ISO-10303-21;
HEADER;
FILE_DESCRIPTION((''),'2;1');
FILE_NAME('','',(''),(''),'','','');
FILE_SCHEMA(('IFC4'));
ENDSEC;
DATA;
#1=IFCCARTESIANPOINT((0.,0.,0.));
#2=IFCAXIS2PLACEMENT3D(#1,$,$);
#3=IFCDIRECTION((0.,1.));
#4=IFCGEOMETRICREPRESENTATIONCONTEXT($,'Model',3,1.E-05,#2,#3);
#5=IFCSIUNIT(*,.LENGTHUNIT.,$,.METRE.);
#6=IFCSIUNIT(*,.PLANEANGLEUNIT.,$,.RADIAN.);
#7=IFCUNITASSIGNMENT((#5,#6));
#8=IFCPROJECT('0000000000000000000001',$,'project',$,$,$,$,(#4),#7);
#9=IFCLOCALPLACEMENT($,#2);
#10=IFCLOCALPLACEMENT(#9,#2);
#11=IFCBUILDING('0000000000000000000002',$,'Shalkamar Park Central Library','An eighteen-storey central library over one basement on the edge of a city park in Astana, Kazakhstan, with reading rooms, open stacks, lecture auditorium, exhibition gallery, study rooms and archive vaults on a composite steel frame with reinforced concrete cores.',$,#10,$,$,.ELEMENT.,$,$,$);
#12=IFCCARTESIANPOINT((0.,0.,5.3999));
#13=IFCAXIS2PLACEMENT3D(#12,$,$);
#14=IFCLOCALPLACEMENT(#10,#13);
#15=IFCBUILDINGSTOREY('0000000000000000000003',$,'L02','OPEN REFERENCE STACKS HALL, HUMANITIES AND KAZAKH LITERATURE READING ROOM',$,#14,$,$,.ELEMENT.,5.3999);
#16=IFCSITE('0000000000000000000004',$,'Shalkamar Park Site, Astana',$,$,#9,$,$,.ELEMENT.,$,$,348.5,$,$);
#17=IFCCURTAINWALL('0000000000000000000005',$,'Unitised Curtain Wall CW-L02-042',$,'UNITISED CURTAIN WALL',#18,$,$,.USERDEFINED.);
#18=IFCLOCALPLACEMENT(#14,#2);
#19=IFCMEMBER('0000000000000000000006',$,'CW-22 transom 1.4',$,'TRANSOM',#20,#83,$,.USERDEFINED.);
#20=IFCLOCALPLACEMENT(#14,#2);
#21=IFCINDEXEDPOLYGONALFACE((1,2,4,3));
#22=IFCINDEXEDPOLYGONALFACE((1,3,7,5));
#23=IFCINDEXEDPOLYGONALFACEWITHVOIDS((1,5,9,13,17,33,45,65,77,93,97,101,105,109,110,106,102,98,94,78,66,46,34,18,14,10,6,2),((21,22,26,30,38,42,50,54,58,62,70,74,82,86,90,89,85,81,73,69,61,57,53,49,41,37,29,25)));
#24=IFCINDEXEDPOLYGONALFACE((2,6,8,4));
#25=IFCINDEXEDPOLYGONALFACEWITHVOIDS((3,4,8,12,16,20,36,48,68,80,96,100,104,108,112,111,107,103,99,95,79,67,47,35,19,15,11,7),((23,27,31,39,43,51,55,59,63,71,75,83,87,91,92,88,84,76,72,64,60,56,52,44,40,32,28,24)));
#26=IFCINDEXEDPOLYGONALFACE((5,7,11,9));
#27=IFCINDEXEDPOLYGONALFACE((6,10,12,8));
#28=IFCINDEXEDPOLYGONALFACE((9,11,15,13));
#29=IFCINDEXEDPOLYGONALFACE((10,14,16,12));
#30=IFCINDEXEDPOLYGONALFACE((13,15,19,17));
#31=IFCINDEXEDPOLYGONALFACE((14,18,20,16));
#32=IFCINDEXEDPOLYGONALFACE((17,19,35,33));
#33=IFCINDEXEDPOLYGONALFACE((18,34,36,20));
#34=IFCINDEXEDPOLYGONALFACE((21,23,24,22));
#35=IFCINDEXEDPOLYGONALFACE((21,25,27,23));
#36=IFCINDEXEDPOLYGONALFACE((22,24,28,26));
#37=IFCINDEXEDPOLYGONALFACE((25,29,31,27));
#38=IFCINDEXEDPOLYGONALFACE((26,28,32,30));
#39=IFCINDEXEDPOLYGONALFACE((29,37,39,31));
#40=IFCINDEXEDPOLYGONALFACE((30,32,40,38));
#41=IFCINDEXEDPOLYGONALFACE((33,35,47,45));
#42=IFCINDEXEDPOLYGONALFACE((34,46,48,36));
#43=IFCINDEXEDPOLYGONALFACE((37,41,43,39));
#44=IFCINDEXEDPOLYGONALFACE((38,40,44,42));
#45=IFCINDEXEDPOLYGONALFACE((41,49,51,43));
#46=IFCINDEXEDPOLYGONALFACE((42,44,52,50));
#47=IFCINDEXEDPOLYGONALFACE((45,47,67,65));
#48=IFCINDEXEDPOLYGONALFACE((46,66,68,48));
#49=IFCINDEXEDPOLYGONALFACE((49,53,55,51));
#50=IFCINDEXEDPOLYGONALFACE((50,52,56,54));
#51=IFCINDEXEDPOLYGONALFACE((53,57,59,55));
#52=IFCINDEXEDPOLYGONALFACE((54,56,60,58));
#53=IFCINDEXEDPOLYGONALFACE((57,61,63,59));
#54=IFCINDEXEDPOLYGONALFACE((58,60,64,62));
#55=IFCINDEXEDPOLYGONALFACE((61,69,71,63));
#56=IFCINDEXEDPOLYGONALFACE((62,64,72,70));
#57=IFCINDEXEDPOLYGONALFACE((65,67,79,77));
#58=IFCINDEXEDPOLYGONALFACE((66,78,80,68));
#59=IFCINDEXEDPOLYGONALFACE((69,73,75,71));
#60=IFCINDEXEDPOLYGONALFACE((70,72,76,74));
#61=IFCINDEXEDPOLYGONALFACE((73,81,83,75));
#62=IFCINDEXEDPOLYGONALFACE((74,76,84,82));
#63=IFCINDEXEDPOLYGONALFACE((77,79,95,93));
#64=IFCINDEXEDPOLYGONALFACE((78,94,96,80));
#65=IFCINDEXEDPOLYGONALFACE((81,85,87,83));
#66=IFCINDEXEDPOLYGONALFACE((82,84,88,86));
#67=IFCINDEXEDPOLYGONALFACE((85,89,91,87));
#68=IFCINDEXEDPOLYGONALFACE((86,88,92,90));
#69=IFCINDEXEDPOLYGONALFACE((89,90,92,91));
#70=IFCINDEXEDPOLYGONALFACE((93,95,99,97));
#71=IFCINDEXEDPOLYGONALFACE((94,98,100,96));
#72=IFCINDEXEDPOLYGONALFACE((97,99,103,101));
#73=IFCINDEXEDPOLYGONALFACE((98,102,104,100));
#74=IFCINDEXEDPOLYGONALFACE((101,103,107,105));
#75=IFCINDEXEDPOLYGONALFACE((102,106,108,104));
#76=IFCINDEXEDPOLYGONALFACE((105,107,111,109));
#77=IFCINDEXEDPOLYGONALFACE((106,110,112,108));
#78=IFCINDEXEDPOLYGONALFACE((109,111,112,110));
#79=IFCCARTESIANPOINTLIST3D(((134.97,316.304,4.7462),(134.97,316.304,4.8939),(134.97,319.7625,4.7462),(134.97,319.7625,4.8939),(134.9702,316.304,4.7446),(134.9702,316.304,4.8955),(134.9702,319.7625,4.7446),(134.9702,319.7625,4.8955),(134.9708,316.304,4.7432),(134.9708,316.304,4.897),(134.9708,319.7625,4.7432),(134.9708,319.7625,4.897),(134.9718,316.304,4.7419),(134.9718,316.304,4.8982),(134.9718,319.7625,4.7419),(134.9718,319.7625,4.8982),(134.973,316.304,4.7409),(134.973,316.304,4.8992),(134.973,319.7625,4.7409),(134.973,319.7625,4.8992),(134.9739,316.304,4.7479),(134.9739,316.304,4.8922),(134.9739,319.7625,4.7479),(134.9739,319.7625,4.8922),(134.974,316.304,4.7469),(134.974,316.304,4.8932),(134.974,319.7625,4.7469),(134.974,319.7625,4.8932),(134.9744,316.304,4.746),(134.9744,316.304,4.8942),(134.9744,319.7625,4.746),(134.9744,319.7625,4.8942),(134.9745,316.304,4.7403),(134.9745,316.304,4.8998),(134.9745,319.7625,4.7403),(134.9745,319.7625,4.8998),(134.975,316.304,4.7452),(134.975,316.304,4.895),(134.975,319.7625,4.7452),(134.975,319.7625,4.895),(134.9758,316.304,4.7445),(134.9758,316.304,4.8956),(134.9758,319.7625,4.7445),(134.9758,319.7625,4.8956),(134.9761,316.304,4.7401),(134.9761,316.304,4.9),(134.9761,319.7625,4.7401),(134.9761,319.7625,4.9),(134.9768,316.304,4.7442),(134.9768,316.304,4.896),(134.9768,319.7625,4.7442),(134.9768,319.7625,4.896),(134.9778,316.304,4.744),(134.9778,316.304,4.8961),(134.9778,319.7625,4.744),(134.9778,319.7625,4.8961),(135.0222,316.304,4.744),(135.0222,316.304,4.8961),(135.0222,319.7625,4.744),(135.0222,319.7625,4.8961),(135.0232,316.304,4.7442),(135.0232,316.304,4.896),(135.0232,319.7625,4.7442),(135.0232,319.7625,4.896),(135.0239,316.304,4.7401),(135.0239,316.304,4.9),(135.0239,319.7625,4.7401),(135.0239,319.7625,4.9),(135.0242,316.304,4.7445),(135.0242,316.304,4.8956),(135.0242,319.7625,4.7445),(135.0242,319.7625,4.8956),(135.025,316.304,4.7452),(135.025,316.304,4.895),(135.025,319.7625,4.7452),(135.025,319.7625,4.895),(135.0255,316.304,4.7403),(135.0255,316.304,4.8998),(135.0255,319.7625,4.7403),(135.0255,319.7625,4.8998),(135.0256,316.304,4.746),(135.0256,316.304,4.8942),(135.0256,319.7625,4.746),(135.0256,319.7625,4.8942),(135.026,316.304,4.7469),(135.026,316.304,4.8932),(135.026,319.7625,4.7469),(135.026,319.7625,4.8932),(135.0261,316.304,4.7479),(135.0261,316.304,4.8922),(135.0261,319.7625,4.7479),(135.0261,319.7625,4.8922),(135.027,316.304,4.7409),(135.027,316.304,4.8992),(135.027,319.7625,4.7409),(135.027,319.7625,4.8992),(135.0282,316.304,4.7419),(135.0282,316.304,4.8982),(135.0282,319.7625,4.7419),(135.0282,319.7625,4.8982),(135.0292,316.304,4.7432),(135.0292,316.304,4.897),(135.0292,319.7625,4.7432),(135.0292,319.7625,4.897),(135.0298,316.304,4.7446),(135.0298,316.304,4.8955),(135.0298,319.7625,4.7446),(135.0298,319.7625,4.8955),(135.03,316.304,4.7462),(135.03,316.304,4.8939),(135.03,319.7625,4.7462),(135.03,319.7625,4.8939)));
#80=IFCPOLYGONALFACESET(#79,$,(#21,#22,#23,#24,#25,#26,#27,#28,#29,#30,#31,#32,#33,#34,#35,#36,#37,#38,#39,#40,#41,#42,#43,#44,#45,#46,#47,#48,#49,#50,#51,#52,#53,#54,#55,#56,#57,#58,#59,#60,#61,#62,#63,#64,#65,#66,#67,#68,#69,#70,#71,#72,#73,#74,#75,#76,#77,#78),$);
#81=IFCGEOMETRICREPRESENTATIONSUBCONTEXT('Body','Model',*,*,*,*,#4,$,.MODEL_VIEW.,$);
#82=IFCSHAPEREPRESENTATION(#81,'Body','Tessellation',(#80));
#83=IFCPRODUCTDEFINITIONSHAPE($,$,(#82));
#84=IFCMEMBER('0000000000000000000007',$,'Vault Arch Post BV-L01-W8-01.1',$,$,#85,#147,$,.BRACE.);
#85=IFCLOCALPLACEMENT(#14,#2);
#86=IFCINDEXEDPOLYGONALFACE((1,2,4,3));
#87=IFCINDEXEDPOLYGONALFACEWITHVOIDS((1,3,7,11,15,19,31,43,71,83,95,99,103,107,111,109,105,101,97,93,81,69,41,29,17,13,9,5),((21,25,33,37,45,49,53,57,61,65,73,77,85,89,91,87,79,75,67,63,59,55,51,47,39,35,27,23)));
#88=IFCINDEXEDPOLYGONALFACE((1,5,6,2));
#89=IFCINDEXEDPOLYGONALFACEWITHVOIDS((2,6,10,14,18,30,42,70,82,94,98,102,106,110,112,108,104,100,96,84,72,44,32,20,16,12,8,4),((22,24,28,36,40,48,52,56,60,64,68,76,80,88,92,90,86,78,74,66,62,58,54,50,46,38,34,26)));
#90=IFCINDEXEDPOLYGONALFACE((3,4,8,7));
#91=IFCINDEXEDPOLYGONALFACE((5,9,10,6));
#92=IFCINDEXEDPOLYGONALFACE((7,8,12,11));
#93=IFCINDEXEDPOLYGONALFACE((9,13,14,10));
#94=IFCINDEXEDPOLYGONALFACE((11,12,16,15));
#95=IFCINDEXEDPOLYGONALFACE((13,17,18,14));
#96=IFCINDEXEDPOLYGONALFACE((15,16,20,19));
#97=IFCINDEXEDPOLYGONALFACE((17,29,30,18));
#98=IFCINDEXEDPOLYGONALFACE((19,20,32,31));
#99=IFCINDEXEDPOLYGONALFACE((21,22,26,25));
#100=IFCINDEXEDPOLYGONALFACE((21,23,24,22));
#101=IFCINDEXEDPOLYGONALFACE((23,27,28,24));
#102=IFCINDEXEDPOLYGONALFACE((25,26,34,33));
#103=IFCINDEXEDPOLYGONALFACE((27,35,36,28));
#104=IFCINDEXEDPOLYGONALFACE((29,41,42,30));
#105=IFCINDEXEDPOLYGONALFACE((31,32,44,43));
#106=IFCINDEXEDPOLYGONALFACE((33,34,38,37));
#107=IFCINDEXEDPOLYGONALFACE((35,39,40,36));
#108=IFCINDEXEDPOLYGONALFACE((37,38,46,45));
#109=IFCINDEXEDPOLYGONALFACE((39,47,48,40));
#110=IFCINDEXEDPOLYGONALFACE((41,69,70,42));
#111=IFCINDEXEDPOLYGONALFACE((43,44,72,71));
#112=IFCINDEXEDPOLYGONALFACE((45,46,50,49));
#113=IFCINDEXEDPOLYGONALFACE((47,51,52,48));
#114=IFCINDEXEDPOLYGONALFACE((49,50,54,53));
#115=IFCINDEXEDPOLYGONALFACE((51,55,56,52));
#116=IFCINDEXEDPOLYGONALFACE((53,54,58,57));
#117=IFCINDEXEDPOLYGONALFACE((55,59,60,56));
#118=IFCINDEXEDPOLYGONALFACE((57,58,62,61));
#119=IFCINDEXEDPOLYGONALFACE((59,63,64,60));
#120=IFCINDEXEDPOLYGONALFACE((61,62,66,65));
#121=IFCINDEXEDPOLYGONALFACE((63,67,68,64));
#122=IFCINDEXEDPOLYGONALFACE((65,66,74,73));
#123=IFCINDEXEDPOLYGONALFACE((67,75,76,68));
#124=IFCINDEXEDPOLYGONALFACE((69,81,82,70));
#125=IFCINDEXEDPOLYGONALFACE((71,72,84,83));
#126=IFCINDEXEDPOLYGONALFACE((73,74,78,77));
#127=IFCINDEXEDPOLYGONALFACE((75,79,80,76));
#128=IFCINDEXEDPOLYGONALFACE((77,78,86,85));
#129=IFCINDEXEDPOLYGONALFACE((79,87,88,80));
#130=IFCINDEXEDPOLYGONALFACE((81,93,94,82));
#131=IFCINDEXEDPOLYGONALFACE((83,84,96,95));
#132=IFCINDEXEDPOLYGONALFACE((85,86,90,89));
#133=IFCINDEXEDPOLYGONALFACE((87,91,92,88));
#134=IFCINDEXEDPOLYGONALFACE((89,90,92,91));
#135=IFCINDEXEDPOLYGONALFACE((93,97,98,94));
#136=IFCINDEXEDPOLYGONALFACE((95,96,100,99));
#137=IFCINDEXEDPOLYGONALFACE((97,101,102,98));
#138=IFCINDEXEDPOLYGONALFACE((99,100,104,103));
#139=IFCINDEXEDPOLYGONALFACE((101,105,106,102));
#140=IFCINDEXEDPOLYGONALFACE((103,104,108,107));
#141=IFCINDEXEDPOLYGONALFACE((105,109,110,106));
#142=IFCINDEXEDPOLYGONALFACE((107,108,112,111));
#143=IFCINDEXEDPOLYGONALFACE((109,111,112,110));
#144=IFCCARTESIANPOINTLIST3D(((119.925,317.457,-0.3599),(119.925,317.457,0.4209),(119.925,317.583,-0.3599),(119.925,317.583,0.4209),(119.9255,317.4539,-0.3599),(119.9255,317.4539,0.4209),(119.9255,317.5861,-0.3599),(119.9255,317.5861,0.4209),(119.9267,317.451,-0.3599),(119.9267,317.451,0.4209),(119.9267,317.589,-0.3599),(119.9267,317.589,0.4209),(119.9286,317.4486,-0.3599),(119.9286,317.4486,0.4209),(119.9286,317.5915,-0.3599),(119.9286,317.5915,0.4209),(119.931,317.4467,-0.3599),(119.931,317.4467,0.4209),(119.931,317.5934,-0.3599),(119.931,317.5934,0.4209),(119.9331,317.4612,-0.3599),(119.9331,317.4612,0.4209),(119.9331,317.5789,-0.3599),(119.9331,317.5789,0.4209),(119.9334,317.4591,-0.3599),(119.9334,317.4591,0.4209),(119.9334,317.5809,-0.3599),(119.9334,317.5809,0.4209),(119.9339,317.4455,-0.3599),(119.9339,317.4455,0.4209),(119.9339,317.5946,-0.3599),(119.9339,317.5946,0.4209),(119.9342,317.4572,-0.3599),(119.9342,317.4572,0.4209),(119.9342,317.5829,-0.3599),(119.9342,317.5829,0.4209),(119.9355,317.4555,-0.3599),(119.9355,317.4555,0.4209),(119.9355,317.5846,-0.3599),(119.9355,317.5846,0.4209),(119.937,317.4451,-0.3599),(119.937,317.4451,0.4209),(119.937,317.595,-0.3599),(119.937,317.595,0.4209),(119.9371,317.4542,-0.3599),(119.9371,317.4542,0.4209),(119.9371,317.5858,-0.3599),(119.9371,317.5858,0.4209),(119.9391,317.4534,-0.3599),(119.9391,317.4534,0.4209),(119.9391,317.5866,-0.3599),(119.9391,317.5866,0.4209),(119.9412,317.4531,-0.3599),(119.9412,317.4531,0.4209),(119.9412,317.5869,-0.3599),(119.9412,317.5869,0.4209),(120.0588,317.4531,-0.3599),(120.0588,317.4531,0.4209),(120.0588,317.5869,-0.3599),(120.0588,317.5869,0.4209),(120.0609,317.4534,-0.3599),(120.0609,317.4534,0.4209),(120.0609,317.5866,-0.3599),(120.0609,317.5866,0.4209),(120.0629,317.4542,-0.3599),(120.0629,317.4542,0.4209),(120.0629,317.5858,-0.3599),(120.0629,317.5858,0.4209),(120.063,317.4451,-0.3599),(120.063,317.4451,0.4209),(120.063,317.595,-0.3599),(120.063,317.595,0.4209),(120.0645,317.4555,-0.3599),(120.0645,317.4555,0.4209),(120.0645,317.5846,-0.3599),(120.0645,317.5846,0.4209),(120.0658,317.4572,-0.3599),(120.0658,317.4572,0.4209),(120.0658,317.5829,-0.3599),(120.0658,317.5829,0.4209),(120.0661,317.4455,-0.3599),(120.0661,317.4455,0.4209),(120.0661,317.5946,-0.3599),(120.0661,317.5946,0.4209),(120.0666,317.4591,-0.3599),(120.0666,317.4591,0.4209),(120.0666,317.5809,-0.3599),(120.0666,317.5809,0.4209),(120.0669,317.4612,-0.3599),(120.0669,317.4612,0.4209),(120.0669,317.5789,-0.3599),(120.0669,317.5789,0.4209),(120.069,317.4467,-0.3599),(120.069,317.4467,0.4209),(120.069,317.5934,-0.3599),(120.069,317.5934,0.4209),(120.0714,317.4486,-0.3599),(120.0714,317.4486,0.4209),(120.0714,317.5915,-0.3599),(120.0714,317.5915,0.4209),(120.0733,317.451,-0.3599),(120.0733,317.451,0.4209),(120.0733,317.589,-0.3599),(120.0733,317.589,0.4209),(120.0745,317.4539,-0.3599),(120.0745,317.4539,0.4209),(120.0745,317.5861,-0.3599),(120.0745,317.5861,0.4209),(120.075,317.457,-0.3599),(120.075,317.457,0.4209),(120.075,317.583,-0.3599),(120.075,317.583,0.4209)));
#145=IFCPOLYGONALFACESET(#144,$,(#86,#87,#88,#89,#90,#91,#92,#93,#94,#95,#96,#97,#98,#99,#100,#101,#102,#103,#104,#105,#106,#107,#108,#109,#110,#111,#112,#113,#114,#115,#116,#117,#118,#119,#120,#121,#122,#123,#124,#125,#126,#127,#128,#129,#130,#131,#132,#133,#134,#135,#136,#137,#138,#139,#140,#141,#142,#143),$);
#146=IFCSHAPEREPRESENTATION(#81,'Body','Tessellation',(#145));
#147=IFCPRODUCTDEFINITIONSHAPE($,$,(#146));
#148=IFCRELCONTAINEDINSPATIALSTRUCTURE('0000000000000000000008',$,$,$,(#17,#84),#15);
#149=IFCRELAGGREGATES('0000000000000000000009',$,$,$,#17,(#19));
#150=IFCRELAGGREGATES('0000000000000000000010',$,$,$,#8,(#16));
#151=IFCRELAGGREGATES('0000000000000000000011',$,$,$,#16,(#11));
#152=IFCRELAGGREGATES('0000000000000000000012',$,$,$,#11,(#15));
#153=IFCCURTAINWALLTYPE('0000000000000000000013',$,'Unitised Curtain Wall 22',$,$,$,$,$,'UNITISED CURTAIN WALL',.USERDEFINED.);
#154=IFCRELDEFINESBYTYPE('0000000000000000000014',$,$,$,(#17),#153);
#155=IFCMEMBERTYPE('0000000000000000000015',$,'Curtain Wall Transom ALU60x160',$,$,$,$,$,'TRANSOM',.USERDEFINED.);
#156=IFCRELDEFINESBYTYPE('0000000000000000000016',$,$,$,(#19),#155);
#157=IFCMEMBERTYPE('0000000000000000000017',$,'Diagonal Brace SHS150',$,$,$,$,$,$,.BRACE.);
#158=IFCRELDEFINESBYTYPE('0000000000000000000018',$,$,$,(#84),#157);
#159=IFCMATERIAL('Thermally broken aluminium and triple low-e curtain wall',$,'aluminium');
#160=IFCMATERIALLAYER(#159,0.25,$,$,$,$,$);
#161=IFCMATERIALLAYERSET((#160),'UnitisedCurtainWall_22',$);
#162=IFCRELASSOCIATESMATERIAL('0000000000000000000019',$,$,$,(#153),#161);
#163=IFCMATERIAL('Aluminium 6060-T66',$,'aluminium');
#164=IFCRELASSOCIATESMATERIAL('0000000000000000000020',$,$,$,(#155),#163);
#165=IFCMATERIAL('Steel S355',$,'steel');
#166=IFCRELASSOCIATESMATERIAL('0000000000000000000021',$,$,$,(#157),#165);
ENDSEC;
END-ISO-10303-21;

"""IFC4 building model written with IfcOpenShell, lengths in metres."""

from ifc_helpers import new_model, si_unit, direction, frame, origin, origin_2d, place, context, subcontext, project, spatial, hollow_rectangle, extrude, material, layer, layer_set, material_profile, profile_set, type_object, element, aggregate, save


model = new_model("IFC4")

# Units and contexts
model_context = context("Model", 3, precision=1e-05, world=origin(), true_north=direction((0.0, 1.0)))
body_context = subcontext(model_context, "Body", "Model", "MODEL_VIEW")
ifc_project = project(units=[si_unit("LENGTHUNIT", "METRE"), si_unit("PLANEANGLEUNIT", "RADIAN")], contexts=[model_context])

# Site, building, storey
site_placement = place(None, origin())
site = spatial("IfcSite", under=ifc_project, at=site_placement, Name="Shalkamar Park Site, Astana", CompositionType="ELEMENT", RefElevation=348.5)
building_placement = place(site_placement, origin())
building = spatial("IfcBuilding", under=site, at=building_placement, Name="Shalkamar Park Central Library", Description="An eighteen-storey central library over one basement on the edge of a city park in Astana, Kazakhstan, with reading rooms, open stacks, lecture auditorium, exhibition gallery, study rooms and archive vaults on a composite steel frame with reinforced concrete cores.", CompositionType="ELEMENT")
storey_placement = place(building_placement, frame((0.0, 0.0, 5.3999)))
storey = spatial("IfcBuildingStorey", under=building, at=storey_placement, Name="L02", Description="OPEN REFERENCE STACKS HALL, HUMANITIES AND KAZAKH LITERATURE READING ROOM", CompositionType="ELEMENT", Elevation=5.3999)

# Curtain wall, member
ifc_material_1 = material(Name="Thermally broken aluminium and triple low-e curtain wall", Category="aluminium")
ifc_layer_1 = layer(ifc_material_1, 0.25)
ifc_layer_set_1 = layer_set([ifc_layer_1], Name="UnitisedCurtainWall_22")
curtain_wall_type = type_object("IfcCurtainWallType", Name="Unitised Curtain Wall 22", ElementType="UNITISED CURTAIN WALL", PredefinedType="USERDEFINED", material=ifc_layer_set_1)
curtain_wall_placement = place(storey_placement, origin())
curtain_wall = element("IfcCurtainWall", 1, at=curtain_wall_placement, inside=storey, type_object=curtain_wall_type, Name="Unitised Curtain Wall CW-L02-042", ObjectType="UNITISED CURTAIN WALL", PredefinedType="USERDEFINED")
ifc_material_2 = material(Name="Aluminium 6060-T66", Category="aluminium")
ifc_material_profile_1 = material_profile(ifc_material_2, hollow_rectangle(XDim=0.0601, YDim=0.1599, WallThickness=0.0039, InnerFilletRadius=0.0039, OuterFilletRadius=0.0061, at=origin_2d()), Name="ALU 60x160x4")
ifc_profile_set_1 = profile_set([ifc_material_profile_1], Name="Aluminium 6060-T66")
member_type_1 = type_object("IfcMemberType", Name="Curtain Wall Transom ALU60x160", ElementType="TRANSOM", PredefinedType="USERDEFINED", material=ifc_profile_set_1)
member_1_placement = place(storey_placement, frame((135.0, 316.304, 4.8201), z_axis=(0.0, 1.0, 0.0), x_axis=(-1.0, 0.0, 0.0)))
member_1 = element("IfcMember", 2, at=member_1_placement, type_object=member_type_1, Name="CW-22 transom 1.4", ObjectType="TRANSOM", PredefinedType="USERDEFINED", context=body_context, shape_type="SweptSolid", body=[
    extrude(hollow_rectangle(XDim=0.0601, YDim=0.1599, WallThickness=0.0039, InnerFilletRadius=0.0039, OuterFilletRadius=0.0061, at=origin_2d()), origin(), (0.0, 0.0, 1.0), 3.4585),
])

# Member
ifc_material_3 = material(Name="Steel S355", Category="steel")
ifc_material_profile_2 = material_profile(ifc_material_3, hollow_rectangle(XDim=0.1499, YDim=0.1499, WallThickness=0.0081, InnerFilletRadius=0.0081, OuterFilletRadius=0.012, at=origin_2d()), Name="SHS 150x150x8")
ifc_profile_set_2 = profile_set([ifc_material_profile_2], Name="Steel S355")
member_type_2 = type_object("IfcMemberType", Name="Diagonal Brace SHS150", PredefinedType="BRACE", material=ifc_profile_set_2)
member_2_placement = place(storey_placement, frame((120.0, 317.52, -0.3599), z_axis=(0.0, 0.0, 1.0), x_axis=(1.0, 0.0, 0.0)))
element("IfcMember", 3, at=member_2_placement, inside=storey, type_object=member_type_2, Name="Vault Arch Post BV-L01-W8-01.1", PredefinedType="BRACE", context=body_context, shape_type="SweptSolid", body=[
    extrude(hollow_rectangle(XDim=0.1499, YDim=0.1499, WallThickness=0.0081, InnerFilletRadius=0.0081, OuterFilletRadius=0.012, at=origin_2d()), origin(), (0.0, 0.0, 1.0), 0.7808),
])

aggregate(curtain_wall, [member_1])

save(model, "model.ifc")
